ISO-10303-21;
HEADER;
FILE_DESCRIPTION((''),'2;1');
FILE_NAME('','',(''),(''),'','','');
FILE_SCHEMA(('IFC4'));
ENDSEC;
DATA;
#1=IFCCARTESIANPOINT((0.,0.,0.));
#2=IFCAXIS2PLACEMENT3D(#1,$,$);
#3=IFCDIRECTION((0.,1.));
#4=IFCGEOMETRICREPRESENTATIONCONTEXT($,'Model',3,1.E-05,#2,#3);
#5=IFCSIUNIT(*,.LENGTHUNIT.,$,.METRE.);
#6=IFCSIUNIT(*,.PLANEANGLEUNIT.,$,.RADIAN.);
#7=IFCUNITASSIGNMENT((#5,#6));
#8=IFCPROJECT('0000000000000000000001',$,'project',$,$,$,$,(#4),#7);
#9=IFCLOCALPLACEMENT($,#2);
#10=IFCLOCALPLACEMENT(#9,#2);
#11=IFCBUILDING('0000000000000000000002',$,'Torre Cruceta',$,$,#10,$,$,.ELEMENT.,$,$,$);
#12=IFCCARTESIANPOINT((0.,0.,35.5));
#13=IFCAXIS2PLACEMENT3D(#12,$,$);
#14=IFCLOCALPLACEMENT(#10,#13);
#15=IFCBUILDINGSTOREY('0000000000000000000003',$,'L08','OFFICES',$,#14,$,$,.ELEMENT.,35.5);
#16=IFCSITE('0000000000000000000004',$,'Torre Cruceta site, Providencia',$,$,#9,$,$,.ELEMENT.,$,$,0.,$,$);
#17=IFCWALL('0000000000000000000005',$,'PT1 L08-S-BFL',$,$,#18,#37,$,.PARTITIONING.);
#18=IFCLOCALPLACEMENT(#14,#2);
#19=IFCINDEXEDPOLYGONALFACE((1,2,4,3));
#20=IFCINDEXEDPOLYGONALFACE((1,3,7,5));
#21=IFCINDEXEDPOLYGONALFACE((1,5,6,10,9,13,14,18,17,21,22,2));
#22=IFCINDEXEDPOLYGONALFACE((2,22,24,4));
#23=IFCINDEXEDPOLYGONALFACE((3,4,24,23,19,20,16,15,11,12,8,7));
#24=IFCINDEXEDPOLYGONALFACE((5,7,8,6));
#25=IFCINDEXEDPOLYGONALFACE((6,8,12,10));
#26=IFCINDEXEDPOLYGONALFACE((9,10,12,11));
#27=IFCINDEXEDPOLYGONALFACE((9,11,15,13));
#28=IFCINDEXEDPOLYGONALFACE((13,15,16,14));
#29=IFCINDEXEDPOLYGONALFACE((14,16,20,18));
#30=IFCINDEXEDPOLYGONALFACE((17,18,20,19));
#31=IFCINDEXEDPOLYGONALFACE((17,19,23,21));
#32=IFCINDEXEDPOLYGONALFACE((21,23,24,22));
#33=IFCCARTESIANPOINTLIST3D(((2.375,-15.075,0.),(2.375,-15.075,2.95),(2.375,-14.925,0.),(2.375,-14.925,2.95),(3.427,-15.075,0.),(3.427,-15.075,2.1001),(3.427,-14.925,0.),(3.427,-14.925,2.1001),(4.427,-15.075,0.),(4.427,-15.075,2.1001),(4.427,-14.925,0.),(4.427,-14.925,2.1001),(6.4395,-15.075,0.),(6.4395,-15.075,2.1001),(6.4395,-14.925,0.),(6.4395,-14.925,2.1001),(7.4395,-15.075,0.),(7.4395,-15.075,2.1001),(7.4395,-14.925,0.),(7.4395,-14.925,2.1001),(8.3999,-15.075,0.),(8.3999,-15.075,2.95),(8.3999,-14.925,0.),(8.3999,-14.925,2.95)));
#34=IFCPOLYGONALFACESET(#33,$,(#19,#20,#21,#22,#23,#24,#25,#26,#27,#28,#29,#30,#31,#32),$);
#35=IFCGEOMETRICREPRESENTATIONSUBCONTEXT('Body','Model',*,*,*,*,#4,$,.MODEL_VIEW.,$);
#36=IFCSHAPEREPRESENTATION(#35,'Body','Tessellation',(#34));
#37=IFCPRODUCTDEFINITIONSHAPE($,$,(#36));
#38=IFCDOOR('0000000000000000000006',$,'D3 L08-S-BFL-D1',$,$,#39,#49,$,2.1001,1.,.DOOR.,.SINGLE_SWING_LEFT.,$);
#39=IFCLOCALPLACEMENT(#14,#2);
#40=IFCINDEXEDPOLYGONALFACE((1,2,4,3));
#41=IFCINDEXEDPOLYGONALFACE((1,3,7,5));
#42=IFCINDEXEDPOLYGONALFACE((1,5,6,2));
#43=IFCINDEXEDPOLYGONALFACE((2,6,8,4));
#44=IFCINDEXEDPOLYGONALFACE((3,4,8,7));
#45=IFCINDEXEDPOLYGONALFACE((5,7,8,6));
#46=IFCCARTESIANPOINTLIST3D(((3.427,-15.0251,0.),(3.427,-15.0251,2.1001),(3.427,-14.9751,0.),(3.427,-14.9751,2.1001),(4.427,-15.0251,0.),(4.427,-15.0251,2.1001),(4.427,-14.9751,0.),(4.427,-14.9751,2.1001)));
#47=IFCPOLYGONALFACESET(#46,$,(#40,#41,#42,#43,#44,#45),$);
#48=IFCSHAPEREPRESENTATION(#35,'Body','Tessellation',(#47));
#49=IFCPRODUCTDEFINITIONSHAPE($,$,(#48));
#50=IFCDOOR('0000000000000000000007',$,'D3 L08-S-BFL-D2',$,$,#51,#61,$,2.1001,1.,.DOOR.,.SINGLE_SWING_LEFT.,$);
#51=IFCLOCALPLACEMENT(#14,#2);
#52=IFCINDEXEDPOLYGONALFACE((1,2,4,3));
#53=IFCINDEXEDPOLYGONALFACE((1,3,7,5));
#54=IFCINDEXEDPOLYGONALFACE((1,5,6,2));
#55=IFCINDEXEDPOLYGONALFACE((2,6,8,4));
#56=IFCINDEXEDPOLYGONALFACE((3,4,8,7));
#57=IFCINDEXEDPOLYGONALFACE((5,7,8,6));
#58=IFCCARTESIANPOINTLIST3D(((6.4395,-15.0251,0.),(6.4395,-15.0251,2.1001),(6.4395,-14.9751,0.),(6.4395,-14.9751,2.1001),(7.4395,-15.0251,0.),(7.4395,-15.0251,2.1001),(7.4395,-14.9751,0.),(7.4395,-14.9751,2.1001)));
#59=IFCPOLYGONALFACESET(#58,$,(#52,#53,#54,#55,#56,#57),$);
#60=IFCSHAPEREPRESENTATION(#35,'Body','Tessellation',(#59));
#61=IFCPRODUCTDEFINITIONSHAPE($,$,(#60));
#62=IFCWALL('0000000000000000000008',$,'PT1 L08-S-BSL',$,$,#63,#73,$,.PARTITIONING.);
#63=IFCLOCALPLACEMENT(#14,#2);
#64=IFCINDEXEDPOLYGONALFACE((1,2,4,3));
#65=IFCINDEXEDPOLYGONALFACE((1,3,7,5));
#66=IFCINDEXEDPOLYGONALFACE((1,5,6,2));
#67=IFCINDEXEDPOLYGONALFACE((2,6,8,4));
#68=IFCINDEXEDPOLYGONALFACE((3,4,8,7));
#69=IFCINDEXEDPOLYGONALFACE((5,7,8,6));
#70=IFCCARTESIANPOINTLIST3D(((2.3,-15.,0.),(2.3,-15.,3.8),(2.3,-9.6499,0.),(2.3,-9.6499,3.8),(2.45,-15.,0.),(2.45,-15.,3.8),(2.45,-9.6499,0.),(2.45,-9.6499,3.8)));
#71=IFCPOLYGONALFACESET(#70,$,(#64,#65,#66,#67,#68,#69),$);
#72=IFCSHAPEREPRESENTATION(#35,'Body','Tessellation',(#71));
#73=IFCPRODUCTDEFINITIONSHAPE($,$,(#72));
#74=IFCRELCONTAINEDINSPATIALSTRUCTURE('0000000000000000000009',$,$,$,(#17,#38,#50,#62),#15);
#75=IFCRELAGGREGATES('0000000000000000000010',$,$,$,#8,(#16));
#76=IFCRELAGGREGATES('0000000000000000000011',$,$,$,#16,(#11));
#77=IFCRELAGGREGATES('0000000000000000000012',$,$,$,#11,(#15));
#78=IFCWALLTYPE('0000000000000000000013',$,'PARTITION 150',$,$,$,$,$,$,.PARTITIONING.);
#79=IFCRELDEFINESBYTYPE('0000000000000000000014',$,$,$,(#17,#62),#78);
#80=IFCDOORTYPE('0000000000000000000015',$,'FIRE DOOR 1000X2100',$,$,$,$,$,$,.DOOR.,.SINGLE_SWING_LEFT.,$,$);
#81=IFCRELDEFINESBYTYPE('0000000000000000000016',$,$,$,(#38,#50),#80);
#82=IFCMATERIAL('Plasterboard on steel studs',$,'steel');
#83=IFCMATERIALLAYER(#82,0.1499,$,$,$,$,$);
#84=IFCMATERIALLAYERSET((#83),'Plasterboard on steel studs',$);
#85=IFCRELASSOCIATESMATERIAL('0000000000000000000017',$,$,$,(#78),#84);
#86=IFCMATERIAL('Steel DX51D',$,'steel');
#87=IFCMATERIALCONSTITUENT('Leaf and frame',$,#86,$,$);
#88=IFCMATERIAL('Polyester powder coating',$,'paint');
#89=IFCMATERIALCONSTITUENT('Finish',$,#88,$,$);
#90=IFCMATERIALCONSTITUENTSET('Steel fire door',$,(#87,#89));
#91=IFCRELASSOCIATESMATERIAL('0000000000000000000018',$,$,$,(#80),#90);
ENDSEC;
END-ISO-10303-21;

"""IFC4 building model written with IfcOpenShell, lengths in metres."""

from ifc_helpers import new_model, si_unit, direction, frame, frame_2d, origin, place, context, subcontext, project, spatial, rectangle, extrude, material, layer, layer_set, constituent, constituent_set, type_object, element, fill, save


model = new_model("IFC4")

# Units and contexts
model_context = context("Model", 3, precision=1e-05, world=origin(), true_north=direction((0.0, 1.0)))
body_context = subcontext(model_context, "Body", "Model", "MODEL_VIEW")
ifc_project = project(units=[si_unit("LENGTHUNIT", "METRE"), si_unit("PLANEANGLEUNIT", "RADIAN")], contexts=[model_context])

# Site, building, storey
site_placement = place(None, origin())
site = spatial("IfcSite", under=ifc_project, at=site_placement, Name="Torre Cruceta site, Providencia", CompositionType="ELEMENT", RefElevation=0.0)
building_placement = place(site_placement, origin())
building = spatial("IfcBuilding", under=site, at=building_placement, Name="Torre Cruceta", CompositionType="ELEMENT")
storey_placement = place(building_placement, frame((0.0, 0.0, 35.5)))
storey = spatial("IfcBuildingStorey", under=building, at=storey_placement, Name="L08", Description="OFFICES", CompositionType="ELEMENT", Elevation=35.5)

# Wall, openings, doors
ifc_material_1 = material(Name="Plasterboard on steel studs", Category="steel")
ifc_layer_1 = layer(ifc_material_1, 0.1499)
ifc_layer_set_1 = layer_set([ifc_layer_1], Name="Plasterboard on steel studs")
wall_type_1 = type_object("IfcWallType", Name="PARTITION 150", PredefinedType="PARTITIONING", material=ifc_layer_set_1)
wall_1_placement = place(storey_placement, frame((2.375, -15.0, 0.0), z_axis=(0.0, 0.0, 1.0), x_axis=(1.0, 0.0, 0.0)))
wall_1 = element("IfcWall", 1, at=wall_1_placement, inside=storey, type_object=wall_type_1, Name="PT1 L08-S-BFL", PredefinedType="PARTITIONING", context=body_context, shape_type="SweptSolid", body=[
    extrude(rectangle(XDim=6.0249, YDim=0.1499, at=frame_2d((3.0125, 0.0))), origin(), (0.0, 0.0, 1.0), 2.95),
])
opening_1_placement = place(wall_1_placement, frame((1.052, 0.0, 0.0)))
opening_1 = element("IfcOpeningElement", 2, at=opening_1_placement, cuts=wall_1, PredefinedType="OPENING", context=body_context, shape_type="SweptSolid", body=[
    extrude(rectangle(XDim=1.0, YDim=2.1001, at=frame_2d((0.5, 1.05))), frame((0.0, 0.085, 0.0), z_axis=(0.0, -1.0, 0.0), x_axis=(1.0, 0.0, 0.0)), (0.0, 0.0, 1.0), 0.1699),
])
opening_2_placement = place(wall_1_placement, frame((4.0645, 0.0, 0.0)))
opening_2 = element("IfcOpeningElement", 3, at=opening_2_placement, cuts=wall_1, PredefinedType="OPENING", context=body_context, shape_type="SweptSolid", body=[
    extrude(rectangle(XDim=1.0, YDim=2.1001, at=frame_2d((0.5, 1.05))), frame((0.0, 0.085, 0.0), z_axis=(0.0, -1.0, 0.0), x_axis=(1.0, 0.0, 0.0)), (0.0, 0.0, 1.0), 0.1699),
])
ifc_material_2 = material(Name="Steel DX51D", Category="steel")
ifc_constituent_1 = constituent(ifc_material_2, Name="Leaf and frame")
ifc_material_3 = material(Name="Polyester powder coating", Category="paint")
ifc_constituent_2 = constituent(ifc_material_3, Name="Finish")
ifc_constituent_set_1 = constituent_set(constituents=[ifc_constituent_1, ifc_constituent_2], Name="Steel fire door")
door_type = type_object("IfcDoorType", Name="FIRE DOOR 1000X2100", OperationType="SINGLE_SWING_LEFT", PredefinedType="DOOR", material=ifc_constituent_set_1)
door_1_placement = place(opening_1_placement, origin())
door_1 = element("IfcDoor", 4, at=door_1_placement, inside=storey, type_object=door_type, Name="D3 L08-S-BFL-D1", OperationType="SINGLE_SWING_LEFT", OverallHeight=2.1001, OverallWidth=1.0, PredefinedType="DOOR", context=body_context, shape_type="SweptSolid", body=[
    extrude(rectangle(XDim=1.0, YDim=2.1001, at=frame_2d((0.5, 1.05))), frame((0.0, 0.0249, 0.0), z_axis=(0.0, -1.0, 0.0), x_axis=(1.0, 0.0, 0.0)), (0.0, 0.0, 1.0), 0.05),
])
fill(opening_1, door_1)
door_2_placement = place(opening_2_placement, origin())
door_2 = element("IfcDoor", 5, at=door_2_placement, inside=storey, type_object=door_type, Name="D3 L08-S-BFL-D2", OperationType="SINGLE_SWING_LEFT", OverallHeight=2.1001, OverallWidth=1.0, PredefinedType="DOOR", context=body_context, shape_type="SweptSolid", body=[
    extrude(rectangle(XDim=1.0, YDim=2.1001, at=frame_2d((0.5, 1.05))), frame((0.0, 0.0249, 0.0), z_axis=(0.0, -1.0, 0.0), x_axis=(1.0, 0.0, 0.0)), (0.0, 0.0, 1.0), 0.05),
])
fill(opening_2, door_2)

# Wall
wall_2_placement = place(storey_placement, frame((2.375, -9.6499, 0.0), z_axis=(0.0, 0.0, 1.0), x_axis=(0.0, -1.0, 0.0)))
element("IfcWall", 6, at=wall_2_placement, inside=storey, type_object=wall_type_1, Name="PT1 L08-S-BSL", PredefinedType="PARTITIONING", context=body_context, shape_type="SweptSolid", body=[
    extrude(rectangle(XDim=5.3501, YDim=0.1499, at=frame_2d((2.675, 0.0))), origin(), (0.0, 0.0, 1.0), 3.8),
])

save(model, "model.ifc")
